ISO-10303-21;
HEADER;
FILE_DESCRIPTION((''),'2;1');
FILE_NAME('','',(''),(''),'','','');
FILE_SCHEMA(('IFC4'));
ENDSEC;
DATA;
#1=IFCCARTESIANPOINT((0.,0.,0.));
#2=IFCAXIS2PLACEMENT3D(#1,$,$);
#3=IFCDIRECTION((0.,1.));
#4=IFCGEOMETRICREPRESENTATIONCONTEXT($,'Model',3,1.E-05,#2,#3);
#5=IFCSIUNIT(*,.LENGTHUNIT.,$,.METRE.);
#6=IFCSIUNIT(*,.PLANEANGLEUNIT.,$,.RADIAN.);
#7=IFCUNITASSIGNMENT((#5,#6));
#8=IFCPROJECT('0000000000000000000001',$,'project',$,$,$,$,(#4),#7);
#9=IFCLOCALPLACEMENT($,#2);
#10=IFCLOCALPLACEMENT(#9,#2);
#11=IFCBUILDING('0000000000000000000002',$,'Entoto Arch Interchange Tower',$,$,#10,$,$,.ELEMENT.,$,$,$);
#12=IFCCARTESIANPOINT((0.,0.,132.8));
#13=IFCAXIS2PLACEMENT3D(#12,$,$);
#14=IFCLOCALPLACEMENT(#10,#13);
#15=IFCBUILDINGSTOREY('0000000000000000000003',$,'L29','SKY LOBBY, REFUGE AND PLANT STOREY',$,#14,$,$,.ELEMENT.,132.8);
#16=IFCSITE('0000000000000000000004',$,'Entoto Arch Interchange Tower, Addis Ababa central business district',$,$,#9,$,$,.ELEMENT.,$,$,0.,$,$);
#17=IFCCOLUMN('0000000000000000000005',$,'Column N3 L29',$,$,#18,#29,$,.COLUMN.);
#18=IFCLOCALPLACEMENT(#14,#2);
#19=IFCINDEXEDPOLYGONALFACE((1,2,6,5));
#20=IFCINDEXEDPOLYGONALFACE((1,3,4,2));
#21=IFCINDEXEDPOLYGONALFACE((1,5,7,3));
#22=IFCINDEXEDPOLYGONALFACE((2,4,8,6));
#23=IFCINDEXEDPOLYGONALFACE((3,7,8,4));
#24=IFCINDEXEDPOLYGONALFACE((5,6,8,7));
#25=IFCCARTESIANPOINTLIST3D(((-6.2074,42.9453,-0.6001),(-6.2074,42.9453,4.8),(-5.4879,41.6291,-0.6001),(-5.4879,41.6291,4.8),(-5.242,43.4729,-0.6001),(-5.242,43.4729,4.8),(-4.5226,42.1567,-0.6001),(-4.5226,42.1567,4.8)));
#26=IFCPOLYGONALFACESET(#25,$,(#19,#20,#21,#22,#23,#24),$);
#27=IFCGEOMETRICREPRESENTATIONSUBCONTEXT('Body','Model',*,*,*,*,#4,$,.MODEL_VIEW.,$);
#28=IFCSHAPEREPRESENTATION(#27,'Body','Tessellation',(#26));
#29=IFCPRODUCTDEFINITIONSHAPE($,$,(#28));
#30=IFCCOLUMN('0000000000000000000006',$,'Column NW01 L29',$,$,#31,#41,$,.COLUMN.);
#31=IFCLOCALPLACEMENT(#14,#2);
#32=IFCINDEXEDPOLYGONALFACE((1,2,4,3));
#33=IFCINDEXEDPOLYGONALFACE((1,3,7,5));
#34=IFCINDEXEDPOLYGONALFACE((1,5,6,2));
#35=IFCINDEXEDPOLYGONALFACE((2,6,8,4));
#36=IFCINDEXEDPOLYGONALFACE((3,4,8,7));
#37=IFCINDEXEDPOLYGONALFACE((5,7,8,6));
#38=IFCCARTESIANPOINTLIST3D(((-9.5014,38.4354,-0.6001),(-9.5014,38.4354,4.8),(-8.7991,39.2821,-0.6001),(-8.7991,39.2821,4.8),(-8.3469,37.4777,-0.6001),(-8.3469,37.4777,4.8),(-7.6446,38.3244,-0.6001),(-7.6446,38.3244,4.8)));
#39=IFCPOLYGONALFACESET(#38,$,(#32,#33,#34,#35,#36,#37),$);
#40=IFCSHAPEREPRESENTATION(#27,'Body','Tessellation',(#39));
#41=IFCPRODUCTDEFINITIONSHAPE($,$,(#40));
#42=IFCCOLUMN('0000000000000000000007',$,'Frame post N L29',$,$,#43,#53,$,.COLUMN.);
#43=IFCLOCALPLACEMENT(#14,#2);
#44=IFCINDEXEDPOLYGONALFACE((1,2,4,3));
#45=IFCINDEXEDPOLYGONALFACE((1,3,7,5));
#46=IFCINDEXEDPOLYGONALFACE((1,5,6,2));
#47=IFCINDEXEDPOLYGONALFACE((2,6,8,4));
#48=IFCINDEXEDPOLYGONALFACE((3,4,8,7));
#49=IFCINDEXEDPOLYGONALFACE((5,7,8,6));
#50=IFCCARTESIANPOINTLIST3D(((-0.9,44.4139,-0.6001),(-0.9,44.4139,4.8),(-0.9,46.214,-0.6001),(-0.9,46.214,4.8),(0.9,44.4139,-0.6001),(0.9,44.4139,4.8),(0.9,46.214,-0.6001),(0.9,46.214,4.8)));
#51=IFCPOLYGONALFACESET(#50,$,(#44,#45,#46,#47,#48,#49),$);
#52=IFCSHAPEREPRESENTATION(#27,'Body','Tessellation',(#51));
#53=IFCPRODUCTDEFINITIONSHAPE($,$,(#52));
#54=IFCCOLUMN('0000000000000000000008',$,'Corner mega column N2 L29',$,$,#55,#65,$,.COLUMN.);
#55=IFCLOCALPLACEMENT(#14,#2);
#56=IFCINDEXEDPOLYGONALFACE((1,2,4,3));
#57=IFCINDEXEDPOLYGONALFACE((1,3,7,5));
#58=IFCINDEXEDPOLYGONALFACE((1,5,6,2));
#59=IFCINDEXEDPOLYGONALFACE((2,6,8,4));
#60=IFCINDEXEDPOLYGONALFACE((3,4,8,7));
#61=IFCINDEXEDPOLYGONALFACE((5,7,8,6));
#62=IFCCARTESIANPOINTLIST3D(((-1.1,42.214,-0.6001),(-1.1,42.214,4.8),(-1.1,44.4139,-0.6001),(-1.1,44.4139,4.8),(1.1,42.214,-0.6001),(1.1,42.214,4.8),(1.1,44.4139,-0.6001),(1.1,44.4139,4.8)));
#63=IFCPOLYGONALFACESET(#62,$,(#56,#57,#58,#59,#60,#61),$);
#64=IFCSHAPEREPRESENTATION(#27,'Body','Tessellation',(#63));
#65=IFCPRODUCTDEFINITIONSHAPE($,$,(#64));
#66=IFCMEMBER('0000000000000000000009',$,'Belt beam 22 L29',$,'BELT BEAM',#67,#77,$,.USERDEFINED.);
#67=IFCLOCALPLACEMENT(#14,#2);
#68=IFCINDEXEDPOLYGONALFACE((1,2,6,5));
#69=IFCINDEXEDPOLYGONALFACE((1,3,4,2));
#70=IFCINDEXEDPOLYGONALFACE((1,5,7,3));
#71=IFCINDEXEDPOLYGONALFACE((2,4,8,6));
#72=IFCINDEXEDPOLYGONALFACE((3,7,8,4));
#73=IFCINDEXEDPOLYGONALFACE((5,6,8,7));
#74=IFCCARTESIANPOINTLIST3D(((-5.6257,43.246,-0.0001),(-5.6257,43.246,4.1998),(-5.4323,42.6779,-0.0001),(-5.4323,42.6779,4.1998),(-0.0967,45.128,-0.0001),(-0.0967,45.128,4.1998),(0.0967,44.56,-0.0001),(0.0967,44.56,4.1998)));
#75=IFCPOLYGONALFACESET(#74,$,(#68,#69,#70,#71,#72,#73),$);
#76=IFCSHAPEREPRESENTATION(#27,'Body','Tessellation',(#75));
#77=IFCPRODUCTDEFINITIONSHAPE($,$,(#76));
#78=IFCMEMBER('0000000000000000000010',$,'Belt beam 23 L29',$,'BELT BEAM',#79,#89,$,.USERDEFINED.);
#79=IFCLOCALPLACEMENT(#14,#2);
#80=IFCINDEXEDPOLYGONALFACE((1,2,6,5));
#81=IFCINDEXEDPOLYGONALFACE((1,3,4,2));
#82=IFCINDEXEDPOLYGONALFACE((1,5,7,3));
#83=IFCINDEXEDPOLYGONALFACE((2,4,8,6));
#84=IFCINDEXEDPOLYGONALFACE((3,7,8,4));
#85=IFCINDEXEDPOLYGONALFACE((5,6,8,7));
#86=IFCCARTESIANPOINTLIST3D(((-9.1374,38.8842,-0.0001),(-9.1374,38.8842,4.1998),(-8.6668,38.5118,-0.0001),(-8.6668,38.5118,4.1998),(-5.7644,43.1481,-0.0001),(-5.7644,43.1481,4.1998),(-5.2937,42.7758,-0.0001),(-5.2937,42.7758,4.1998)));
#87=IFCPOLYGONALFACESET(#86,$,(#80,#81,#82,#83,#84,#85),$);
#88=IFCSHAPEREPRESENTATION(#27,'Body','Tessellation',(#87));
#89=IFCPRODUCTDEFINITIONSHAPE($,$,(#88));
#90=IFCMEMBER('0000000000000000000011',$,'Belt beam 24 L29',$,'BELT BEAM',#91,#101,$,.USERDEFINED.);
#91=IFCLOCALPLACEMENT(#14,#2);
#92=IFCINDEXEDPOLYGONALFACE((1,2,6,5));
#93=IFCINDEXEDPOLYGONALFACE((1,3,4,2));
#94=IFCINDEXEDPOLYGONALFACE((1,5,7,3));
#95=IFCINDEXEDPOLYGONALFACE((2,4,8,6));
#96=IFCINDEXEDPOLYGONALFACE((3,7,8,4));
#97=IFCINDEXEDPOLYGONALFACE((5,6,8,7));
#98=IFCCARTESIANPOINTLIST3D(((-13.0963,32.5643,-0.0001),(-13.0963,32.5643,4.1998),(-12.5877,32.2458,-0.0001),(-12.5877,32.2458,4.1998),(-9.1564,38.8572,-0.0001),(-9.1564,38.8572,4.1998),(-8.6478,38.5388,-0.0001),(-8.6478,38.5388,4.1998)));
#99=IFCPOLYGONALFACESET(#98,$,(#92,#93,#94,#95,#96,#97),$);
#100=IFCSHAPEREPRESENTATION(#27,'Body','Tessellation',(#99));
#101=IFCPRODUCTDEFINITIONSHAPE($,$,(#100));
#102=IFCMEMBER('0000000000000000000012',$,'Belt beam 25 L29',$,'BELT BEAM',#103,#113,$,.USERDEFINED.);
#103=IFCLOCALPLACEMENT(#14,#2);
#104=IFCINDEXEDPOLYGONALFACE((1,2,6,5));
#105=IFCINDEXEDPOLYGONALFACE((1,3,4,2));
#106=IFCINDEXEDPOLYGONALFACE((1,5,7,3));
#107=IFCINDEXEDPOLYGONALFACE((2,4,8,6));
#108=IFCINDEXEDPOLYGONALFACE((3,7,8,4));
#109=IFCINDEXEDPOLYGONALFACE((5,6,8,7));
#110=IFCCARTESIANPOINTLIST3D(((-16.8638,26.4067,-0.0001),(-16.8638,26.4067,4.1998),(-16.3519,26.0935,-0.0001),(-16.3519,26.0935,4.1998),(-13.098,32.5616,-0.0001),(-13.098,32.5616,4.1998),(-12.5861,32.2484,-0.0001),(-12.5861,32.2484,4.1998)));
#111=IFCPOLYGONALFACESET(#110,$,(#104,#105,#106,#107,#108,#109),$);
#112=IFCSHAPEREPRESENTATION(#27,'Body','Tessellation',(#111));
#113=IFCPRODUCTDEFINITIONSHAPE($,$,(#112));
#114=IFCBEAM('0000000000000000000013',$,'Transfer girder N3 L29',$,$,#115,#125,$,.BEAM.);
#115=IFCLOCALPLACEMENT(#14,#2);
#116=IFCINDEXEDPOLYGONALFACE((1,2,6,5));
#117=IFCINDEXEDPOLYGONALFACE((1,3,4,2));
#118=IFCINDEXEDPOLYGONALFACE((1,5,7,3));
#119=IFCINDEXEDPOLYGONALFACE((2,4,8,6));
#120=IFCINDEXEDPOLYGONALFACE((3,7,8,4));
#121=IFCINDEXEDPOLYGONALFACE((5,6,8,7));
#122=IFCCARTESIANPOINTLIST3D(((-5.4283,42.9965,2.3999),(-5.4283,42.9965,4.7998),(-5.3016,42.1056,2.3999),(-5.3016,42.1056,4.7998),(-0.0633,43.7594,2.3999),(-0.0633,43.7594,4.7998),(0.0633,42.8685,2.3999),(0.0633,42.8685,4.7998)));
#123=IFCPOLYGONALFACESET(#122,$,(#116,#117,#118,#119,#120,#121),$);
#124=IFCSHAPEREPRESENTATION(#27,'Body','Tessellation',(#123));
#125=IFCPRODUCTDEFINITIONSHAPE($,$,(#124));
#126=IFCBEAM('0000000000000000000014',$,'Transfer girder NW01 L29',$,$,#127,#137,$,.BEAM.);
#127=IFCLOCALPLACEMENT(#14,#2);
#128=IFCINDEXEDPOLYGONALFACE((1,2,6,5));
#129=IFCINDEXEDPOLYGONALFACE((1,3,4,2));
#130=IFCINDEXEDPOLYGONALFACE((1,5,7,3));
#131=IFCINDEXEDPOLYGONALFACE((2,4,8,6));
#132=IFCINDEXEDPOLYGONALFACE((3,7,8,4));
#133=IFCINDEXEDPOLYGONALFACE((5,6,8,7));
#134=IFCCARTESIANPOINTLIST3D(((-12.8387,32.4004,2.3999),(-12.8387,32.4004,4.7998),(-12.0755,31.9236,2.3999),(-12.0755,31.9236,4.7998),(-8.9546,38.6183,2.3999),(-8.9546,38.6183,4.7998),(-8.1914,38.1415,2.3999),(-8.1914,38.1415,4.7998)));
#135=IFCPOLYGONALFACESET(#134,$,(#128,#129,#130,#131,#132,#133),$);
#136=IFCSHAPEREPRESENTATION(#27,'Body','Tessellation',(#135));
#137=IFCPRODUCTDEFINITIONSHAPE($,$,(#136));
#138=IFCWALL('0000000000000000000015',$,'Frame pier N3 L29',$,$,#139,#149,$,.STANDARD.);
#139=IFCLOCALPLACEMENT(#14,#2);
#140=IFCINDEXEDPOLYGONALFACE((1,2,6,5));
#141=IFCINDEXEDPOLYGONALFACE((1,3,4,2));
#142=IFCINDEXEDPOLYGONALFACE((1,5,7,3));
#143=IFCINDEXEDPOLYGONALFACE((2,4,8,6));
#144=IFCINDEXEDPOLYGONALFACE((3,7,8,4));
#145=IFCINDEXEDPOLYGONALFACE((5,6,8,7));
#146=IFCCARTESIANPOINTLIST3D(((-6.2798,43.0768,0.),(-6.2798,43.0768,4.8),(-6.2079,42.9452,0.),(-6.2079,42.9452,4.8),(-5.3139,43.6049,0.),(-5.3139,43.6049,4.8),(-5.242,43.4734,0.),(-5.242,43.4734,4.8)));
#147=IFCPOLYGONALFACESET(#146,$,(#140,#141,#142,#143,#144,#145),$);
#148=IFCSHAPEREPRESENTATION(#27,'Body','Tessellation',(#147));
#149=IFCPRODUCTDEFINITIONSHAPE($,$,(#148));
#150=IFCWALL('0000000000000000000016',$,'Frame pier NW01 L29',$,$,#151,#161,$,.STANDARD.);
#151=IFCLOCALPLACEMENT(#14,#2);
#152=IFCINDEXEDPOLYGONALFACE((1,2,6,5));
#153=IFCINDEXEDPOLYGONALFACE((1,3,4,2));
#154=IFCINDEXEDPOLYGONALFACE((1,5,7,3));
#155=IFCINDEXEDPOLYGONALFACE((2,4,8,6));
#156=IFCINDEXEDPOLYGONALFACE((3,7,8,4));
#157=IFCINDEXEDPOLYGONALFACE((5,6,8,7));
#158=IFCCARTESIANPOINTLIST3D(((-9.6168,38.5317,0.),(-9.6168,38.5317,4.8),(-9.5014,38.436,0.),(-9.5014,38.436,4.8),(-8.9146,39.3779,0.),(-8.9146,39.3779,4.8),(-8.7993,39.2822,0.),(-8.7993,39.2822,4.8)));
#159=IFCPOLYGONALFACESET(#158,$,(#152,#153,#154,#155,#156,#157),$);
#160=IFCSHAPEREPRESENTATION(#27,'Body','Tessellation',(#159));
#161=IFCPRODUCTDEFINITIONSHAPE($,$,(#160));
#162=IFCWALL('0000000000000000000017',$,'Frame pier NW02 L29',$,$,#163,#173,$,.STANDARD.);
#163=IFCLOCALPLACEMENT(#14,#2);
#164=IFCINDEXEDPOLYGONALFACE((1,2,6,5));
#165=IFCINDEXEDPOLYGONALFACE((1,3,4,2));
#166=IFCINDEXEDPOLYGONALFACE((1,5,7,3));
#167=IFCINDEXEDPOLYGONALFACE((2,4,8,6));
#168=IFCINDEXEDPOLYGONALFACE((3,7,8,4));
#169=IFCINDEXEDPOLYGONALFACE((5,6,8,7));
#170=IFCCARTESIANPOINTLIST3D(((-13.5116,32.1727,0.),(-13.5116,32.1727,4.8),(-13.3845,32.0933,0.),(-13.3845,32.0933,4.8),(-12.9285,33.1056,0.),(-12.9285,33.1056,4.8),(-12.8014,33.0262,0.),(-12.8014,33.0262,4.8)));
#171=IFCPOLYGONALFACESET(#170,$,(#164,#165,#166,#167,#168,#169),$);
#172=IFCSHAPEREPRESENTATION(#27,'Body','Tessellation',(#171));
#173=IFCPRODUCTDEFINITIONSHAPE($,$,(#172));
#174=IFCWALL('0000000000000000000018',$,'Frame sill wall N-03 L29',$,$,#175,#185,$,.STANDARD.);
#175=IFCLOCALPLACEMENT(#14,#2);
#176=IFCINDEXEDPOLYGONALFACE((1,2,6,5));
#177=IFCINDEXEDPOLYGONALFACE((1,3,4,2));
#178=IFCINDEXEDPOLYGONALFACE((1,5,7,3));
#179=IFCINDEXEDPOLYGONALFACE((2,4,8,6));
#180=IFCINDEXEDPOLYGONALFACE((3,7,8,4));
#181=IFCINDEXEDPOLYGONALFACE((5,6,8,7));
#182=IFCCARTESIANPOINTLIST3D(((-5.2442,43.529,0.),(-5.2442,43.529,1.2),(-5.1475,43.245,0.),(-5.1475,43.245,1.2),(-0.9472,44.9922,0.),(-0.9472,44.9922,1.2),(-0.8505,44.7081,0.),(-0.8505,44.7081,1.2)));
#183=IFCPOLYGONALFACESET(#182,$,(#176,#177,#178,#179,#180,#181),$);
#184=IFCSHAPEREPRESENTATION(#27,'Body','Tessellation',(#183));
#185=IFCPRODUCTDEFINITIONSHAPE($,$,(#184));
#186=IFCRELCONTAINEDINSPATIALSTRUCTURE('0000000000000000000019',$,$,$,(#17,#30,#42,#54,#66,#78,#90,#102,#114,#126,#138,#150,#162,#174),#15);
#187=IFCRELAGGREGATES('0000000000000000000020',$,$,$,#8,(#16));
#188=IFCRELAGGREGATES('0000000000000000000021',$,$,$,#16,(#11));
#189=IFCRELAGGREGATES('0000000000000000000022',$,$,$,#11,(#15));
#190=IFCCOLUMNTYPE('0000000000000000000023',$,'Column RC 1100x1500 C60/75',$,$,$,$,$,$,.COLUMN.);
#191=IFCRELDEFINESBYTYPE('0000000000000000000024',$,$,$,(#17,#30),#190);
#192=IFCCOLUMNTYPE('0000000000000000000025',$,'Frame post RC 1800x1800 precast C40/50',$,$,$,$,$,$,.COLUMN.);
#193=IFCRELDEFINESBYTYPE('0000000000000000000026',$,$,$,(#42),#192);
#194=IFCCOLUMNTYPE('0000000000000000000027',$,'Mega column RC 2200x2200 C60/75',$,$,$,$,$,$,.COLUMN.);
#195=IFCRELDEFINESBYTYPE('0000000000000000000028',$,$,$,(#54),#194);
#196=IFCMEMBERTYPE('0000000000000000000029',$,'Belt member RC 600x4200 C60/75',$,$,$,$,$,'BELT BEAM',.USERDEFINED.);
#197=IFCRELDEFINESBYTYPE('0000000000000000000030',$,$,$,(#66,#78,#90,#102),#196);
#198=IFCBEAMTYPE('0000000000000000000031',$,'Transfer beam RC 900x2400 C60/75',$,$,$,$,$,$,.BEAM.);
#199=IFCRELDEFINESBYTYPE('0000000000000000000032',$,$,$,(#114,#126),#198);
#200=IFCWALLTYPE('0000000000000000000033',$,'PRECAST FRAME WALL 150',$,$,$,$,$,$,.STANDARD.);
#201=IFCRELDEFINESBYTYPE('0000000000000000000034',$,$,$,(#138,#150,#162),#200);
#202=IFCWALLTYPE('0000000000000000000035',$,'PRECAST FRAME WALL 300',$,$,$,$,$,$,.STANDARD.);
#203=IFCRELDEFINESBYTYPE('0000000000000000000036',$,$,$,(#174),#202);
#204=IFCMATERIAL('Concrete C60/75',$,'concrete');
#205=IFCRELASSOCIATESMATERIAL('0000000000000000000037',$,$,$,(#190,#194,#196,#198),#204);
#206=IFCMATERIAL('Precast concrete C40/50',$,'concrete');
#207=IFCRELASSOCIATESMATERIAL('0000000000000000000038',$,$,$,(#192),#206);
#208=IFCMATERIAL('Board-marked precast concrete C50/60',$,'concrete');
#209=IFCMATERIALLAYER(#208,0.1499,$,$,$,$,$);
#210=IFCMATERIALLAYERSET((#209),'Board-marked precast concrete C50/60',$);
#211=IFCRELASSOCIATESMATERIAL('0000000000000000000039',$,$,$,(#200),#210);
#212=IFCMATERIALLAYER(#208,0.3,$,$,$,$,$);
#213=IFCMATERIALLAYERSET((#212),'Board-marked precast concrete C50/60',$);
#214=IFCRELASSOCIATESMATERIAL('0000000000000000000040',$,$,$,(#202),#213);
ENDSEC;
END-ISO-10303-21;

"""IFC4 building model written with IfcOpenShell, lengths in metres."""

from ifc_helpers import new_model, si_unit, direction, frame, frame_2d, origin, origin_2d, place, context, subcontext, project, spatial, rectangle, extrude, material, layer, layer_set, material_profile, profile_set, type_object, element, save


model = new_model("IFC4")

# Units and contexts
model_context = context("Model", 3, precision=1e-05, world=origin(), true_north=direction((0.0, 1.0)))
body_context = subcontext(model_context, "Body", "Model", "MODEL_VIEW")
ifc_project = project(units=[si_unit("LENGTHUNIT", "METRE"), si_unit("PLANEANGLEUNIT", "RADIAN")], contexts=[model_context])

# Site, building, storey
site_placement = place(None, origin())
site = spatial("IfcSite", under=ifc_project, at=site_placement, Name="Entoto Arch Interchange Tower, Addis Ababa central business district", CompositionType="ELEMENT", RefElevation=0.0)
building_placement = place(site_placement, origin())
building = spatial("IfcBuilding", under=site, at=building_placement, Name="Entoto Arch Interchange Tower", CompositionType="ELEMENT")
storey_placement = place(building_placement, frame((0.0, 0.0, 132.8)))
storey = spatial("IfcBuildingStorey", under=building, at=storey_placement, Name="L29", Description="SKY LOBBY, REFUGE AND PLANT STOREY", CompositionType="ELEMENT", Elevation=132.8)

# Columns
ifc_material_1 = material(Name="Concrete C60/75", Category="concrete")
ifc_material_profile_1 = material_profile(ifc_material_1, rectangle(XDim=1.1001, YDim=1.5, at=origin_2d()))
ifc_profile_set_1 = profile_set([ifc_material_profile_1], Name="Concrete C60/75")
column_type_1 = type_object("IfcColumnType", Name="Column RC 1100x1500 C60/75", PredefinedType="COLUMN", material=ifc_profile_set_1)
for number, where, z_axis, x_axis, name in (
    (1, (-5.365, 42.551, -0.6001), (0.0, 0.0, 1.0), (0.877481, 0.479611, 0.0), "Column N3 L29"),
    (2, (-8.573, 38.3799, -0.6001), (0.0, 0.0, 1.0), (0.638459, 0.769656, 0.0), "Column NW01 L29"),
):
    element("IfcColumn", number, at=place(storey_placement, frame(where, z_axis=z_axis, x_axis=x_axis)), inside=storey, type_object=column_type_1, Name=name, PredefinedType="COLUMN", context=body_context, shape_type="SweptSolid", body=[
        extrude(rectangle(XDim=1.1001, YDim=1.5, at=origin_2d()), origin(), (0.0, 0.0, 1.0), 5.4001),
    ])
ifc_material_2 = material(Name="Precast concrete C40/50", Category="concrete")
ifc_material_profile_2 = material_profile(ifc_material_2, rectangle(XDim=1.8, YDim=1.8, at=origin_2d()))
ifc_profile_set_2 = profile_set([ifc_material_profile_2], Name="Precast concrete C40/50")
column_type_2 = type_object("IfcColumnType", Name="Frame post RC 1800x1800 precast C40/50", PredefinedType="COLUMN", material=ifc_profile_set_2)
column_1_placement = place(storey_placement, frame((0.0, 45.314, -0.6001), z_axis=(0.0, 0.0, 1.0), x_axis=(0.0, 1.0, 0.0)))
element("IfcColumn", 3, at=column_1_placement, inside=storey, type_object=column_type_2, Name="Frame post N L29", PredefinedType="COLUMN", context=body_context, shape_type="SweptSolid", body=[
    extrude(rectangle(XDim=1.8, YDim=1.8, at=origin_2d()), origin(), (0.0, 0.0, 1.0), 5.4001),
])
ifc_material_profile_3 = material_profile(ifc_material_1, rectangle(XDim=2.2, YDim=2.2, at=origin_2d()))
ifc_profile_set_3 = profile_set([ifc_material_profile_3], Name="Concrete C60/75")
column_type_3 = type_object("IfcColumnType", Name="Mega column RC 2200x2200 C60/75", PredefinedType="COLUMN", material=ifc_profile_set_3)
column_2_placement = place(storey_placement, frame((0.0, 43.314, -0.6001), z_axis=(0.0, 0.0, 1.0), x_axis=(0.0, 1.0, 0.0)))
element("IfcColumn", 4, at=column_2_placement, inside=storey, type_object=column_type_3, Name="Corner mega column N2 L29", PredefinedType="COLUMN", context=body_context, shape_type="SweptSolid", body=[
    extrude(rectangle(XDim=2.2, YDim=2.2, at=origin_2d()), origin(), (0.0, 0.0, 1.0), 5.4001),
])

# Members
ifc_material_profile_4 = material_profile(ifc_material_1, rectangle(XDim=0.6001, YDim=4.2, at=origin_2d()))
ifc_profile_set_4 = profile_set([ifc_material_profile_4], Name="Concrete C60/75")
member_type = type_object("IfcMemberType", Name="Belt member RC 600x4200 C60/75", ElementType="BELT BEAM", PredefinedType="USERDEFINED", material=ifc_profile_set_4)
member_1_placement = place(storey_placement, frame((0.0, 44.844, 2.0999), z_axis=(-0.946658, -0.322241, 0.0), x_axis=(0.322241, -0.946658, 0.0)))
element("IfcMember", 5, at=member_1_placement, inside=storey, type_object=member_type, Name="Belt beam 22 L29", ObjectType="BELT BEAM", PredefinedType="USERDEFINED", context=body_context, shape_type="SweptSolid", body=[
    extrude(rectangle(XDim=0.6001, YDim=4.2, at=origin_2d()), origin(), (0.0, 0.0, 1.0), 5.8406),
])
member_2_placement = place(storey_placement, frame((-5.5291, 42.9619, 2.0999), z_axis=(-0.620414, -0.784274, 0.0), x_axis=(0.784274, -0.620414, 0.0)))
element("IfcMember", 6, at=member_2_placement, inside=storey, type_object=member_type, Name="Belt beam 23 L29", ObjectType="BELT BEAM", PredefinedType="USERDEFINED", context=body_context, shape_type="SweptSolid", body=[
    extrude(rectangle(XDim=0.6001, YDim=4.2, at=origin_2d()), origin(), (0.0, 0.0, 1.0), 5.4368),
])
member_3_placement = place(storey_placement, frame((-8.9021, 38.698, 2.0999), z_axis=(-0.530661, -0.847584, 0.0), x_axis=(0.847584, -0.530661, 0.0)))
element("IfcMember", 7, at=member_3_placement, inside=storey, type_object=member_type, Name="Belt beam 24 L29", ObjectType="BELT BEAM", PredefinedType="USERDEFINED", context=body_context, shape_type="SweptSolid", body=[
    extrude(rectangle(XDim=0.6001, YDim=4.2, at=origin_2d()), origin(), (0.0, 0.0, 1.0), 7.4246),
])
member_4_placement = place(storey_placement, frame((-12.842, 32.405, 2.0999), z_axis=(-0.5219, -0.853007, 0.0), x_axis=(0.853007, -0.5219, 0.0)))
element("IfcMember", 8, at=member_4_placement, inside=storey, type_object=member_type, Name="Belt beam 25 L29", ObjectType="BELT BEAM", PredefinedType="USERDEFINED", context=body_context, shape_type="SweptSolid", body=[
    extrude(rectangle(XDim=0.6001, YDim=4.2, at=origin_2d()), origin(), (0.0, 0.0, 1.0), 7.2156),
])

# Beams
ifc_material_profile_5 = material_profile(ifc_material_1, rectangle(XDim=0.8999, YDim=2.3999, at=origin_2d()))
ifc_profile_set_5 = profile_set([ifc_material_profile_5], Name="Concrete C60/75")
beam_type = type_object("IfcBeamType", Name="Transfer beam RC 900x2400 C60/75", PredefinedType="BEAM", material=ifc_profile_set_5)
beam_1_placement = place(storey_placement, frame((0.0, 43.314, 3.5999), z_axis=(-0.990039, -0.140791, 0.0), x_axis=(0.140791, -0.990039, 0.0)))
element("IfcBeam", 9, at=beam_1_placement, inside=storey, type_object=beam_type, Name="Transfer girder N3 L29", PredefinedType="BEAM", context=body_context, shape_type="SweptSolid", body=[
    extrude(rectangle(XDim=0.8999, YDim=2.3999, at=origin_2d()), origin(), (0.0, 0.0, 1.0), 5.4189),
])
beam_2_placement = place(storey_placement, frame((-8.573, 38.3799, 3.5999), z_axis=(-0.529795, -0.848125, 0.0), x_axis=(0.848125, -0.529795, 0.0)))
element("IfcBeam", 10, at=beam_2_placement, inside=storey, type_object=beam_type, Name="Transfer girder NW01 L29", PredefinedType="BEAM", context=body_context, shape_type="SweptSolid", body=[
    extrude(rectangle(XDim=0.8999, YDim=2.3999, at=origin_2d()), origin(), (0.0, 0.0, 1.0), 7.3313),
])

# Walls
ifc_material_3 = material(Name="Board-marked precast concrete C50/60", Category="concrete")
ifc_layer_1 = layer(ifc_material_3, 0.1499)
ifc_layer_set_1 = layer_set([ifc_layer_1], Name="Board-marked precast concrete C50/60")
wall_type_1 = type_object("IfcWallType", Name="PRECAST FRAME WALL 150", PredefinedType="STANDARD", material=ifc_layer_set_1)
wall_1_placement = place(storey_placement, frame((-5.2781, 43.5391, 0.0), z_axis=(0.0, 0.0, 1.0), x_axis=(-0.877412, -0.479738, 0.0)))
element("IfcWall", 11, at=wall_1_placement, inside=storey, type_object=wall_type_1, Name="Frame pier N3 L29", PredefinedType="STANDARD", context=body_context, shape_type="SweptSolid", body=[
    extrude(rectangle(XDim=1.1008, YDim=0.1499, at=frame_2d((0.5503, 0.0))), origin(), (0.0, 0.0, 1.0), 4.8),
])
wall_2_placement = place(storey_placement, frame((-8.8569, 39.3301, 0.0), z_axis=(0.0, 0.0, 1.0), x_axis=(-0.638567, -0.769566, 0.0)))
element("IfcWall", 12, at=wall_2_placement, inside=storey, type_object=wall_type_1, Name="Frame pier NW01 L29", PredefinedType="STANDARD", context=body_context, shape_type="SweptSolid", body=[
    extrude(rectangle(XDim=1.0996, YDim=0.1499, at=frame_2d((0.5498, 0.0))), origin(), (0.0, 0.0, 1.0), 4.8),
])
wall_3_placement = place(storey_placement, frame((-12.865, 33.0659, 0.0), z_axis=(0.0, 0.0, 1.0), x_axis=(-0.529979, -0.848011, 0.0)))
element("IfcWall", 13, at=wall_3_placement, inside=storey, type_object=wall_type_1, Name="Frame pier NW02 L29", PredefinedType="STANDARD", context=body_context, shape_type="SweptSolid", body=[
    extrude(rectangle(XDim=1.1001, YDim=0.1499, at=frame_2d((0.55, 0.0))), origin(), (0.0, 0.0, 1.0), 4.8),
])
ifc_layer_2 = layer(ifc_material_3, 0.3)
ifc_layer_set_2 = layer_set([ifc_layer_2], Name="Board-marked precast concrete C50/60")
wall_type_2 = type_object("IfcWallType", Name="PRECAST FRAME WALL 300", PredefinedType="STANDARD", material=ifc_layer_set_2)
wall_4_placement = place(storey_placement, frame((-0.8989, 44.8501, 0.0), z_axis=(0.0, 0.0, 1.0), x_axis=(-0.946631, -0.32232, 0.0)))
element("IfcWall", 14, at=wall_4_placement, inside=storey, type_object=wall_type_2, Name="Frame sill wall N-03 L29", PredefinedType="STANDARD", context=body_context, shape_type="SweptSolid", body=[
    extrude(rectangle(XDim=4.5393, YDim=0.3, at=frame_2d((2.2695, 0.0))), origin(), (0.0, 0.0, 1.0), 1.2),
])

save(model, "model.ifc")
